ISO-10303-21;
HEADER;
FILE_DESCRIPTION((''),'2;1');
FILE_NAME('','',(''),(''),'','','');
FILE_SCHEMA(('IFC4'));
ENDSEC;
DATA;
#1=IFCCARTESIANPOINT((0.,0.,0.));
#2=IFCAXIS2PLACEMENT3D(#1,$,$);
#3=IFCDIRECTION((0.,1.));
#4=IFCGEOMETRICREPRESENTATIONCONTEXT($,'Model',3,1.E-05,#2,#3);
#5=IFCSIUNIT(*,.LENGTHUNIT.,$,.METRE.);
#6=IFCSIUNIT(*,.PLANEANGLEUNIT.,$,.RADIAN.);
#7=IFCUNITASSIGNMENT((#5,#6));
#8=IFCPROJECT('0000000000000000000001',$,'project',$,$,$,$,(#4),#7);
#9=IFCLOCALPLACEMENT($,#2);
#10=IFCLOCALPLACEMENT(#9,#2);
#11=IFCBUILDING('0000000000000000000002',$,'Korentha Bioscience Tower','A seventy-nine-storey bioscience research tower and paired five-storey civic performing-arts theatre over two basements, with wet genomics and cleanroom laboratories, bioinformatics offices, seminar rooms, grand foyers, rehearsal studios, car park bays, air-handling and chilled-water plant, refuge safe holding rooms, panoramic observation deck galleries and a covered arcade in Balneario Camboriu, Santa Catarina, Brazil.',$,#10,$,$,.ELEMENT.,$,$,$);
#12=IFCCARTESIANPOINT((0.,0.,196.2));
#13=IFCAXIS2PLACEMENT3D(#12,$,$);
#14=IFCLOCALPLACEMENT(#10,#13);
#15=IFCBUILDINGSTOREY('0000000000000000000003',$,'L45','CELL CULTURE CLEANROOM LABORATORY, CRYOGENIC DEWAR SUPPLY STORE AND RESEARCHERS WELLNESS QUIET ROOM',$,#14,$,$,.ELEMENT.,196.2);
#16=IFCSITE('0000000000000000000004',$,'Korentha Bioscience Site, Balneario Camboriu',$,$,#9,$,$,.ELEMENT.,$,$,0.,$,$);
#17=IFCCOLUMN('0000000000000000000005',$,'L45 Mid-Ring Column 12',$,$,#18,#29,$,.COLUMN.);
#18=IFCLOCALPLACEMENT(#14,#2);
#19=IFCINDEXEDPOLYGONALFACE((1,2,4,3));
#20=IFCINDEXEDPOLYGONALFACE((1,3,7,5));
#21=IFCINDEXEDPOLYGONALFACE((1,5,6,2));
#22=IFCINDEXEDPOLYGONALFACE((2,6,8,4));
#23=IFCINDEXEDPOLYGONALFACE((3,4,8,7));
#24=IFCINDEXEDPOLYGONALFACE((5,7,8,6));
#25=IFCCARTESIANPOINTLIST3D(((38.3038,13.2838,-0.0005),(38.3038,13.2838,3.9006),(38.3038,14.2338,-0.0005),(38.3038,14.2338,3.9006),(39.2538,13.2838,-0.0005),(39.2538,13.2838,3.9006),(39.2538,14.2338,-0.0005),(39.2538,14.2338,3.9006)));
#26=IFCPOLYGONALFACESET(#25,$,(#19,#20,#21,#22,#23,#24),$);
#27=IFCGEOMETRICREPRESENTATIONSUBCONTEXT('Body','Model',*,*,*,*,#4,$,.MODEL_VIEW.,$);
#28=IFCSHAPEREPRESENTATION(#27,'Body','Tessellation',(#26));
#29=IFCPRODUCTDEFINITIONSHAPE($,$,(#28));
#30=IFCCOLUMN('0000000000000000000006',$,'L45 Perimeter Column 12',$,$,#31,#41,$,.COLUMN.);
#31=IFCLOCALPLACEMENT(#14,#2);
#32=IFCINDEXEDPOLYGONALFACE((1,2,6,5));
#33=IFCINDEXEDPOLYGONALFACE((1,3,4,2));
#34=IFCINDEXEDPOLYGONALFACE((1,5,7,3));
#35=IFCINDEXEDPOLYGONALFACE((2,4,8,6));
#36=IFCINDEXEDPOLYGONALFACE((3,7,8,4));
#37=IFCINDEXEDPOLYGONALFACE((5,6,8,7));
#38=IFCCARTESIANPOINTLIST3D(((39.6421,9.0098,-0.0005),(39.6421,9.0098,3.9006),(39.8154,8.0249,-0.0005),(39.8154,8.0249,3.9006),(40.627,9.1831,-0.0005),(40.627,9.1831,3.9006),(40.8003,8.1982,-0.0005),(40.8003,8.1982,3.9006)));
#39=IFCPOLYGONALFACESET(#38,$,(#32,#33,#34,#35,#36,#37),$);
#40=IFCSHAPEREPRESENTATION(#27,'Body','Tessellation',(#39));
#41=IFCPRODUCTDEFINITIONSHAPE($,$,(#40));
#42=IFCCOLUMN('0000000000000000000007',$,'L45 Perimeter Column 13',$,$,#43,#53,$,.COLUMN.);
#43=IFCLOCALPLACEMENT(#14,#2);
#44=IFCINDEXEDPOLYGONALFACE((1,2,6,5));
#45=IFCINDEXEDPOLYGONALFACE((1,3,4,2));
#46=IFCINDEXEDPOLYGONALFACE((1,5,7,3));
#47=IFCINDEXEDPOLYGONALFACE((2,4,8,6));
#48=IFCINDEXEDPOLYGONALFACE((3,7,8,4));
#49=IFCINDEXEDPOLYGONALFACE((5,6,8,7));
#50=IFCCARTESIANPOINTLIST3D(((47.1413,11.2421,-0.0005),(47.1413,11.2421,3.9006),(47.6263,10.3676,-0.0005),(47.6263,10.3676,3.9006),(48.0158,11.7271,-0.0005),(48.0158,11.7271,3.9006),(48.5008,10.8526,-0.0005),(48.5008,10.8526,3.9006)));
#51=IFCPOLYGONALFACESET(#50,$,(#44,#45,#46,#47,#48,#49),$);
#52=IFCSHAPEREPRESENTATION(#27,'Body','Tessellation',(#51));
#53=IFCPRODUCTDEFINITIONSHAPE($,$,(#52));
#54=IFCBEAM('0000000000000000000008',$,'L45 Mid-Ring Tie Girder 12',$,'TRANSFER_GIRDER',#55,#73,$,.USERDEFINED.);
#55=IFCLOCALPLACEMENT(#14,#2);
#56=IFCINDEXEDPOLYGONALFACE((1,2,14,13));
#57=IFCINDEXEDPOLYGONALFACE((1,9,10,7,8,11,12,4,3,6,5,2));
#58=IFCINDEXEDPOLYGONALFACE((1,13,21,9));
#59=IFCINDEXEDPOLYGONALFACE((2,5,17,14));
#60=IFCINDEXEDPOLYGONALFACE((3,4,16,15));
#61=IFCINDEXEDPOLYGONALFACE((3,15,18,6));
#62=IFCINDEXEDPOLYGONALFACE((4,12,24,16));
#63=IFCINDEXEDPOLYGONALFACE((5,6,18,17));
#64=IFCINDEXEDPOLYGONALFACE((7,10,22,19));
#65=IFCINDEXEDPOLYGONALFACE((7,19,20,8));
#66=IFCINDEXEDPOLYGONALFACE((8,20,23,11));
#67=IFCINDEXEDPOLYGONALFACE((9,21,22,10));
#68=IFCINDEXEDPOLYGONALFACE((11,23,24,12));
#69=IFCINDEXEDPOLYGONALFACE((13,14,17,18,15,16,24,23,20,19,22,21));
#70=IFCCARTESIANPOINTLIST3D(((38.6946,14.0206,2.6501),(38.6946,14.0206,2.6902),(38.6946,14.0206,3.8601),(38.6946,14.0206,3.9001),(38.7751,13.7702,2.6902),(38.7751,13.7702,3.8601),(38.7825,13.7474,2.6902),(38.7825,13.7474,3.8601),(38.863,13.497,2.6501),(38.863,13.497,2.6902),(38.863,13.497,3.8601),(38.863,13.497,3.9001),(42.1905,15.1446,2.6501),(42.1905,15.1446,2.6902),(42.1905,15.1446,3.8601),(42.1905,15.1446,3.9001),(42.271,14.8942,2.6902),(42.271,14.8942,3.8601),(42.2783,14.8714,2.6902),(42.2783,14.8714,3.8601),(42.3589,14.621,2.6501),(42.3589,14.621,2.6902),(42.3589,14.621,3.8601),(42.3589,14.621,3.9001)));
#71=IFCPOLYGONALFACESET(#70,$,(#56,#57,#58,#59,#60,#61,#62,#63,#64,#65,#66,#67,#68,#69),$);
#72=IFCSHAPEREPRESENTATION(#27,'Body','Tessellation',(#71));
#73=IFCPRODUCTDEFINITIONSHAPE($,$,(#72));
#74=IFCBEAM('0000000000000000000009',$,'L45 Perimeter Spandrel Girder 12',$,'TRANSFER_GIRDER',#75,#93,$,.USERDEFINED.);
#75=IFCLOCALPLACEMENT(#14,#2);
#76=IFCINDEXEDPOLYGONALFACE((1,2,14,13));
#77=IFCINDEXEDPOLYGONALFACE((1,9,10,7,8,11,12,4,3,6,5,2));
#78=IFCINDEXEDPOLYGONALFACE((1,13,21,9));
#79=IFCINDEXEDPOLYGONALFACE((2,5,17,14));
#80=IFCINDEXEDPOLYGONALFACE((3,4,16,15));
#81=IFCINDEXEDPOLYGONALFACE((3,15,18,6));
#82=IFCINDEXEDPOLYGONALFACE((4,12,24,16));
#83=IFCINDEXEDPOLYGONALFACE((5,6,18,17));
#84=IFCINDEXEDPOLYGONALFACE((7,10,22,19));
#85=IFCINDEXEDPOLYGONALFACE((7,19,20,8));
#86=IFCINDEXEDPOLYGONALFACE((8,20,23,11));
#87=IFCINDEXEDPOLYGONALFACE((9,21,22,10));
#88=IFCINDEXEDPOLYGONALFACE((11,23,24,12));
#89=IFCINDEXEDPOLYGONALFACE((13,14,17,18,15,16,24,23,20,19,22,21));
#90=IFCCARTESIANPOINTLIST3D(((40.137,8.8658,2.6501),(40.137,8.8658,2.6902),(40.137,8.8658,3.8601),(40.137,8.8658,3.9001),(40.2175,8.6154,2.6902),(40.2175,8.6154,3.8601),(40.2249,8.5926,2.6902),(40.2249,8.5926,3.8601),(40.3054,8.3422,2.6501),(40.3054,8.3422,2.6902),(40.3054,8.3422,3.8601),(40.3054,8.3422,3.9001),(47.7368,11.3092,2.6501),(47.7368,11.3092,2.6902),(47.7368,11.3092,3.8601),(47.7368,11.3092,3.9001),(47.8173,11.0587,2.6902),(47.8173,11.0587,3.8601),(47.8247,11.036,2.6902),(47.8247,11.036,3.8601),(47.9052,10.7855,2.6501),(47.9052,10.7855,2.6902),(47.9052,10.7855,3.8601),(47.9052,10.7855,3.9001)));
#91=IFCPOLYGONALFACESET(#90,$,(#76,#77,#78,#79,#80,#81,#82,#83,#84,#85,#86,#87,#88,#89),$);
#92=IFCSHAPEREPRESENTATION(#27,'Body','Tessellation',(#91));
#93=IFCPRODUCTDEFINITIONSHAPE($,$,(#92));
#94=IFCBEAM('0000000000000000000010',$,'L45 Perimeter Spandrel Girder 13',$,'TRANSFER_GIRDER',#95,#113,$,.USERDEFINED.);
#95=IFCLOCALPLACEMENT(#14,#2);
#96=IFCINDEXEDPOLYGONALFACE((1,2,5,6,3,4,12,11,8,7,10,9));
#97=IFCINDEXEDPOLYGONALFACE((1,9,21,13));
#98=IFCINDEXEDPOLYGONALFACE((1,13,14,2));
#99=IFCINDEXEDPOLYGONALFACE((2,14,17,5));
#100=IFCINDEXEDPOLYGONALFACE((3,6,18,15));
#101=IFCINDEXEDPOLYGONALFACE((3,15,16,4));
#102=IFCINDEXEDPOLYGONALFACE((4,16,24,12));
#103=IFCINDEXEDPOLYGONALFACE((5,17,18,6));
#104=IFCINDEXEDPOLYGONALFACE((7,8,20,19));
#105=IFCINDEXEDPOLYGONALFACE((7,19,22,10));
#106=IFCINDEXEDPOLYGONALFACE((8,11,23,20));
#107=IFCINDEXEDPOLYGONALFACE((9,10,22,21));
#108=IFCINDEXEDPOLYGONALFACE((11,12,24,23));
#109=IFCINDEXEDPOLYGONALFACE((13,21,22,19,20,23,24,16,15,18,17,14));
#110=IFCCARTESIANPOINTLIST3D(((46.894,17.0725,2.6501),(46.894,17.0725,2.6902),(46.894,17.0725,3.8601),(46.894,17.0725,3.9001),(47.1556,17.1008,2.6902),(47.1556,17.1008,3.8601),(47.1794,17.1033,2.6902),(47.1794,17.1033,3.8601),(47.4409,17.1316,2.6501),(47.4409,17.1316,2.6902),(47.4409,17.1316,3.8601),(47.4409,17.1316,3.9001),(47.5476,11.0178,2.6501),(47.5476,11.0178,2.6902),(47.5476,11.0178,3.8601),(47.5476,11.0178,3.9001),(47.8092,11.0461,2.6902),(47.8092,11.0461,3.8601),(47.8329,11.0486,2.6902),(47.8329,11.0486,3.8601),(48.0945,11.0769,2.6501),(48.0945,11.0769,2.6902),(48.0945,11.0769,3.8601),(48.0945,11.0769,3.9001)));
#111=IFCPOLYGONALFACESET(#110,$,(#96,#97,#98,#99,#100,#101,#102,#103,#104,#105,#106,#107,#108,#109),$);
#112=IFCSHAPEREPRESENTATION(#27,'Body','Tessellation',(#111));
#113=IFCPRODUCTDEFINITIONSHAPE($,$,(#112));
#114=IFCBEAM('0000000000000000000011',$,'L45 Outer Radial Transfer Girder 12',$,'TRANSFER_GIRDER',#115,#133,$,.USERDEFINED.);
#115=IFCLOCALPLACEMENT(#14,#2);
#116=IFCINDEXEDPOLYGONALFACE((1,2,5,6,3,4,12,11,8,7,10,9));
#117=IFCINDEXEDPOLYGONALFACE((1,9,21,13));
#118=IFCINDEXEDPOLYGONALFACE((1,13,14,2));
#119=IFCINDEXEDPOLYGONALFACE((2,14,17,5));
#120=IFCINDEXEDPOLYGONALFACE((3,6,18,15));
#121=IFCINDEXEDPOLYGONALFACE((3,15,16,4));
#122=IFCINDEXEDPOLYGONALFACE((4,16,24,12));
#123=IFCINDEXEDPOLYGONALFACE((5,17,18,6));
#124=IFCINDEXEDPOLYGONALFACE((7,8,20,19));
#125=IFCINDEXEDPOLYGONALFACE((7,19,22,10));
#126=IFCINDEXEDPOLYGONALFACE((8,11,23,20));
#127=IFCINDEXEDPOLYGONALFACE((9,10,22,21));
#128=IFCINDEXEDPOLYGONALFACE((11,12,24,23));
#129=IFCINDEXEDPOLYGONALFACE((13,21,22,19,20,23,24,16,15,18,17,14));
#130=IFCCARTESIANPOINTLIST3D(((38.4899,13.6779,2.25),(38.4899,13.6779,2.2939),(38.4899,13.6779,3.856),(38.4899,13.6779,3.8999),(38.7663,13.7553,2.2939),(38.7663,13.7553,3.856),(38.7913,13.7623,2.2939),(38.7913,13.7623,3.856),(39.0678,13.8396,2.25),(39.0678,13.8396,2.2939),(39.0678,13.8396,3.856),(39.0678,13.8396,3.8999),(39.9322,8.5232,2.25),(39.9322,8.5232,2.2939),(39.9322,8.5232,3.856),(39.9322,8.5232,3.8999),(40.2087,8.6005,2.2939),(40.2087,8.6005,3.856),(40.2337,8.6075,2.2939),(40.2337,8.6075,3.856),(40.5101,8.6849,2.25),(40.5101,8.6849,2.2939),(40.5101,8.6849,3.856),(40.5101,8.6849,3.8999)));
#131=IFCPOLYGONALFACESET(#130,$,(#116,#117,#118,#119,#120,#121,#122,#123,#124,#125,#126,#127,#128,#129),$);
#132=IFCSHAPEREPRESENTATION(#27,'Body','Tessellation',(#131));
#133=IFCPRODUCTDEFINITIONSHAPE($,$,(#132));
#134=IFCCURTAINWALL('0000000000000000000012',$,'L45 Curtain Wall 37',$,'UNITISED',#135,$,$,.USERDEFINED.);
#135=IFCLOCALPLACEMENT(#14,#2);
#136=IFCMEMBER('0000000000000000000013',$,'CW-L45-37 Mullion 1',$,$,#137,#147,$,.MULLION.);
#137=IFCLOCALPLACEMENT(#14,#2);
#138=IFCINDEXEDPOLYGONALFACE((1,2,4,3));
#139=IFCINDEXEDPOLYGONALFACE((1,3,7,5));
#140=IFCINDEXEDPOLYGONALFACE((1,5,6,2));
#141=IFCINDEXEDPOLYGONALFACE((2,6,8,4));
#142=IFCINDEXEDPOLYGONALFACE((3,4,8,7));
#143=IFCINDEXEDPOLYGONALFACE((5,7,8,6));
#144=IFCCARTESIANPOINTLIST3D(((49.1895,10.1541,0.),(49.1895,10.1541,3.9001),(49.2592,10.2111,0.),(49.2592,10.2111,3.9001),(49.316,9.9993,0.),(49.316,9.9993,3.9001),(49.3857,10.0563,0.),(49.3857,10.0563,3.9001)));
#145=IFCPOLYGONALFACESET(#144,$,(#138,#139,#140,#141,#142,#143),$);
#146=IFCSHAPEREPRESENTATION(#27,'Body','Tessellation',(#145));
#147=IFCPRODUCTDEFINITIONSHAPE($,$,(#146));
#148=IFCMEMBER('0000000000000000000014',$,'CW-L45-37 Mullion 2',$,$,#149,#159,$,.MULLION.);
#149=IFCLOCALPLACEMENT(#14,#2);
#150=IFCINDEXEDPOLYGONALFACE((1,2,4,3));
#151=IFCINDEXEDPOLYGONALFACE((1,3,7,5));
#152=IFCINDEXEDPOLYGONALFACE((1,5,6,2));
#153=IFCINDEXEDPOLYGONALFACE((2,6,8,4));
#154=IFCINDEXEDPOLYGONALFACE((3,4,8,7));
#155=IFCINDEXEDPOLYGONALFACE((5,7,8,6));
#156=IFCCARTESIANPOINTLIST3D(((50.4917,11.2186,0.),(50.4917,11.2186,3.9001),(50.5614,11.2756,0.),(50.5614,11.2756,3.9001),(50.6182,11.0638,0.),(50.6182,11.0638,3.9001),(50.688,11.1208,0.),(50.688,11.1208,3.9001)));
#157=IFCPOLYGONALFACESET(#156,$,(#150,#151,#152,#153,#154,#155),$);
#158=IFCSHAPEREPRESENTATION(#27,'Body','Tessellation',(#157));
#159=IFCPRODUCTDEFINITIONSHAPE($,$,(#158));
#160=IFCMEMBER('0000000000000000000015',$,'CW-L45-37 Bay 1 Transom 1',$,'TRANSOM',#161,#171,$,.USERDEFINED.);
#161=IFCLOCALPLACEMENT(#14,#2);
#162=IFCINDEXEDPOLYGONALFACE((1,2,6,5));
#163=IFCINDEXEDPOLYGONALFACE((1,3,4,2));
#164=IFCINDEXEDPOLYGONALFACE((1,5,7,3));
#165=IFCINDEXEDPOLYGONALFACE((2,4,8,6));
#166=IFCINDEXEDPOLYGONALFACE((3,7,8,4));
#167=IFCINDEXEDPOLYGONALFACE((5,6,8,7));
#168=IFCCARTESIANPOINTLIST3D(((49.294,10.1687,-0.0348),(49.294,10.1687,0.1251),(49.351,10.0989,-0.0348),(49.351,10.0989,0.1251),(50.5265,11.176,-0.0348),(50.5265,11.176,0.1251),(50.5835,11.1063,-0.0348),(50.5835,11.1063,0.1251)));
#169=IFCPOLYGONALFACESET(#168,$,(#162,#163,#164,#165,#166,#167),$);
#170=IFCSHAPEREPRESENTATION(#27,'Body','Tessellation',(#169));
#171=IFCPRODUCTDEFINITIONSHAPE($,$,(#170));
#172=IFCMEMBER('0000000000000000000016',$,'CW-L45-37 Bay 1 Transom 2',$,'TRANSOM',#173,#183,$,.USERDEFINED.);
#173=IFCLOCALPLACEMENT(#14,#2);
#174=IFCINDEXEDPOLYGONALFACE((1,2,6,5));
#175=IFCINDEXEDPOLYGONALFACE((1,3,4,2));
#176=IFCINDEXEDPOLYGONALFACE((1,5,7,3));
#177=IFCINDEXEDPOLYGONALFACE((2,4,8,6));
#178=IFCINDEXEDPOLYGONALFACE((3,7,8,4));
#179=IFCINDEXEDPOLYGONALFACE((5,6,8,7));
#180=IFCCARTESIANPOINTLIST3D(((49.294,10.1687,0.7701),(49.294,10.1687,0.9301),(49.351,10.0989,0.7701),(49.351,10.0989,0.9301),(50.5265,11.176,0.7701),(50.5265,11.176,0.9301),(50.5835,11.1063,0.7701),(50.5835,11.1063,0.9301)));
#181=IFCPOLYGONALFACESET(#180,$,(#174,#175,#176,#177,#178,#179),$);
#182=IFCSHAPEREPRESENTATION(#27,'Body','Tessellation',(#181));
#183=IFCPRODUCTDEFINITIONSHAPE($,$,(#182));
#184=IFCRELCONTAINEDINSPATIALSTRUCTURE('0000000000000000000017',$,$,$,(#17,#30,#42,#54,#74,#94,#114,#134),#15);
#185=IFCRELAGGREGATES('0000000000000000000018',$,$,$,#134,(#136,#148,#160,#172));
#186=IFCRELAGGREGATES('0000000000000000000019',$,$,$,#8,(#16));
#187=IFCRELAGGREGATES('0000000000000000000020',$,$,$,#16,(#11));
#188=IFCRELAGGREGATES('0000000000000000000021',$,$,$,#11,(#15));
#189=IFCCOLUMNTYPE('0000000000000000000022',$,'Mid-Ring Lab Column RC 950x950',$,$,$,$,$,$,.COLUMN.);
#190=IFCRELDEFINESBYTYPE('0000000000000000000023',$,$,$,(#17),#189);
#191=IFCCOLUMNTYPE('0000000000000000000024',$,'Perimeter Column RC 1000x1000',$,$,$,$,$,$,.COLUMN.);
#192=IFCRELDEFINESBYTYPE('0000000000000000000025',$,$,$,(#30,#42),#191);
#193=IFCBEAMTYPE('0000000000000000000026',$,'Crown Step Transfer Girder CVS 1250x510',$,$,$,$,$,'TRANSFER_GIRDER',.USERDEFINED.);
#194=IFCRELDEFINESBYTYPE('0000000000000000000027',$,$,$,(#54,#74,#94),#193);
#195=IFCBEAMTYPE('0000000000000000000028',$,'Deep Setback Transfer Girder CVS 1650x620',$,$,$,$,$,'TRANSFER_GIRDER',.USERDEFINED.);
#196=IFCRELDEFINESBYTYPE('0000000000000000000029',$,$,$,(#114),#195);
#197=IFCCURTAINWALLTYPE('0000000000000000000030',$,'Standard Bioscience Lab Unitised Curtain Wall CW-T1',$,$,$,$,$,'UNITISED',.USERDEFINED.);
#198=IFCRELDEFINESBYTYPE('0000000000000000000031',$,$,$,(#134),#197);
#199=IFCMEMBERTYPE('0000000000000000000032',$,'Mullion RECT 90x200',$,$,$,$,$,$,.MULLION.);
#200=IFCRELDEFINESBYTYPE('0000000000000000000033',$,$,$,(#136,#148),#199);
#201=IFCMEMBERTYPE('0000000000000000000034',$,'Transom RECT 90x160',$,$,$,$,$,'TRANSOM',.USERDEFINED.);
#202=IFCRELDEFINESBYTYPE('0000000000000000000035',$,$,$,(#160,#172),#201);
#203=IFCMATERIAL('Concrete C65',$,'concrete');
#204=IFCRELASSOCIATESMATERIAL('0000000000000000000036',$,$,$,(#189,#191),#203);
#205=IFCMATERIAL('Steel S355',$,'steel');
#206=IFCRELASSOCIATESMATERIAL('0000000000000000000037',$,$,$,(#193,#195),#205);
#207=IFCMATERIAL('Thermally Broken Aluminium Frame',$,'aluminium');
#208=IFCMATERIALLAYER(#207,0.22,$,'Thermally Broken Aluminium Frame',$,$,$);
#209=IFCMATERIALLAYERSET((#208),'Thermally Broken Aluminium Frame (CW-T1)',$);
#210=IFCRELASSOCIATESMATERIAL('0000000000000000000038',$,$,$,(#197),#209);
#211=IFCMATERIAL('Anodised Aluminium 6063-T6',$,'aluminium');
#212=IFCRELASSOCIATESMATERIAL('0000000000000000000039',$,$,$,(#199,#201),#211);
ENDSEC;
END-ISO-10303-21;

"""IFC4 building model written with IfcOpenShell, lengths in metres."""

from ifc_helpers import new_model, si_unit, direction, frame, origin, origin_2d, place, context, subcontext, project, spatial, rectangle, i_section, extrude, material, layer, layer_set, material_profile, profile_set, type_object, element, aggregate, save


model = new_model("IFC4")

# Units and contexts
model_context = context("Model", 3, precision=1e-05, world=origin(), true_north=direction((0.0, 1.0)))
body_context = subcontext(model_context, "Body", "Model", "MODEL_VIEW")
ifc_project = project(units=[si_unit("LENGTHUNIT", "METRE"), si_unit("PLANEANGLEUNIT", "RADIAN")], contexts=[model_context])

# Site, building, storey
site_placement = place(None, origin())
site = spatial("IfcSite", under=ifc_project, at=site_placement, Name="Korentha Bioscience Site, Balneario Camboriu", CompositionType="ELEMENT", RefElevation=0.0)
building_placement = place(site_placement, origin())
building = spatial("IfcBuilding", under=site, at=building_placement, Name="Korentha Bioscience Tower", Description="A seventy-nine-storey bioscience research tower and paired five-storey civic performing-arts theatre over two basements, with wet genomics and cleanroom laboratories, bioinformatics offices, seminar rooms, grand foyers, rehearsal studios, car park bays, air-handling and chilled-water plant, refuge safe holding rooms, panoramic observation deck galleries and a covered arcade in Balneario Camboriu, Santa Catarina, Brazil.", CompositionType="ELEMENT")
storey_placement = place(building_placement, frame((0.0, 0.0, 196.2)))
storey = spatial("IfcBuildingStorey", under=building, at=storey_placement, Name="L45", Description="CELL CULTURE CLEANROOM LABORATORY, CRYOGENIC DEWAR SUPPLY STORE AND RESEARCHERS WELLNESS QUIET ROOM", CompositionType="ELEMENT", Elevation=196.2)

# Columns
ifc_material_1 = material(Name="Concrete C65", Category="concrete")
ifc_material_profile_1 = material_profile(ifc_material_1, rectangle(XDim=0.95, YDim=0.95, at=origin_2d()), Name="Concrete C65")
ifc_profile_set_1 = profile_set([ifc_material_profile_1], Name="Concrete C65 (COL-MR09)")
column_type_1 = type_object("IfcColumnType", Name="Mid-Ring Lab Column RC 950x950", PredefinedType="COLUMN", material=ifc_profile_set_1)
column_placement = place(storey_placement, frame((38.7788, 13.7588, -0.0005), z_axis=(0.0, 0.0, 1.0), x_axis=(1.0, 0.0, 0.0)))
element("IfcColumn", 1, at=column_placement, inside=storey, type_object=column_type_1, Name="L45 Mid-Ring Column 12", PredefinedType="COLUMN", context=body_context, shape_type="SweptSolid", body=[
    extrude(rectangle(XDim=0.95, YDim=0.95, at=origin_2d()), origin(), (0.0, 0.0, 1.0), 3.9011),
])
ifc_material_profile_2 = material_profile(ifc_material_1, rectangle(XDim=1.0, YDim=1.0, at=origin_2d()), Name="Concrete C65")
ifc_profile_set_2 = profile_set([ifc_material_profile_2], Name="Concrete C65 (COL-P10)")
column_type_2 = type_object("IfcColumnType", Name="Perimeter Column RC 1000x1000", PredefinedType="COLUMN", material=ifc_profile_set_2)
for number, where, z_axis, x_axis, name in (
    (2, (40.2212, 8.604, -0.0005), (0.0, 0.0, 1.0), (0.984868, 0.173304, 0.0), "L45 Perimeter Column 12"),
    (3, (47.821, 11.0474, -0.0005), (0.0, 0.0, 1.0), (0.874535, 0.484962, 0.0), "L45 Perimeter Column 13"),
):
    element("IfcColumn", number, at=place(storey_placement, frame(where, z_axis=z_axis, x_axis=x_axis)), inside=storey, type_object=column_type_2, Name=name, PredefinedType="COLUMN", context=body_context, shape_type="SweptSolid", body=[
        extrude(rectangle(XDim=1.0, YDim=1.0, at=origin_2d()), origin(), (0.0, 0.0, 1.0), 3.9011),
    ])

# Beams
ifc_material_2 = material(Name="Steel S355", Category="steel")
ifc_material_profile_3 = material_profile(ifc_material_2, i_section(OverallWidth=0.55, OverallDepth=1.25, WebThickness=0.0239, FlangeThickness=0.04, at=origin_2d()), Name="Steel S355")
ifc_profile_set_3 = profile_set([ifc_material_profile_3], Name="Steel S355 (TG-03)")
beam_type_1 = type_object("IfcBeamType", Name="Crown Step Transfer Girder CVS 1250x510", ElementType="TRANSFER_GIRDER", PredefinedType="USERDEFINED", material=ifc_profile_set_3)
beam_1_placement = place(storey_placement, frame((38.7788, 13.7588, 3.2751), z_axis=(0.952, 0.306097, 0.0), x_axis=(-0.306097, 0.952, 0.0)))
element("IfcBeam", 4, at=beam_1_placement, inside=storey, type_object=beam_type_1, Name="L45 Mid-Ring Tie Girder 12", ObjectType="TRANSFER_GIRDER", PredefinedType="USERDEFINED", context=body_context, shape_type="SweptSolid", body=[
    extrude(i_section(OverallWidth=0.55, OverallDepth=1.25, WebThickness=0.0239, FlangeThickness=0.04, at=origin_2d()), origin(), (0.0, 0.0, 1.0), 3.6721),
])
beam_2_placement = place(storey_placement, frame((40.2212, 8.604, 3.2751), z_axis=(0.952009, 0.306072, 0.0), x_axis=(-0.306072, 0.952009, 0.0)))
element("IfcBeam", 5, at=beam_2_placement, inside=storey, type_object=beam_type_1, Name="L45 Perimeter Spandrel Girder 12", ObjectType="TRANSFER_GIRDER", PredefinedType="USERDEFINED", context=body_context, shape_type="SweptSolid", body=[
    extrude(i_section(OverallWidth=0.55, OverallDepth=1.25, WebThickness=0.0239, FlangeThickness=0.04, at=origin_2d()), origin(), (0.0, 0.0, 1.0), 7.9829),
])
beam_3_placement = place(storey_placement, frame((47.821, 11.0474, 3.2751), z_axis=(-0.10732, 0.994225, 0.0), x_axis=(-0.994225, -0.10732, 0.0)))
element("IfcBeam", 6, at=beam_3_placement, inside=storey, type_object=beam_type_1, Name="L45 Perimeter Spandrel Girder 13", ObjectType="TRANSFER_GIRDER", PredefinedType="USERDEFINED", context=body_context, shape_type="SweptSolid", body=[
    extrude(i_section(OverallWidth=0.55, OverallDepth=1.25, WebThickness=0.0239, FlangeThickness=0.04, at=origin_2d()), origin(), (0.0, 0.0, 1.0), 6.0898),
])
ifc_material_profile_4 = material_profile(ifc_material_2, i_section(OverallWidth=0.6001, OverallDepth=1.6499, WebThickness=0.0259, FlangeThickness=0.0439, at=origin_2d()), Name="Steel S355")
ifc_profile_set_4 = profile_set([ifc_material_profile_4], Name="Steel S355 (TG-04)")
beam_type_2 = type_object("IfcBeamType", Name="Deep Setback Transfer Girder CVS 1650x620", ElementType="TRANSFER_GIRDER", PredefinedType="USERDEFINED", material=ifc_profile_set_4)
beam_4_placement = place(storey_placement, frame((38.7788, 13.7588, 3.075), z_axis=(0.269464, -0.96301, 0.0), x_axis=(0.96301, 0.269464, 0.0)))
element("IfcBeam", 7, at=beam_4_placement, inside=storey, type_object=beam_type_2, Name="L45 Outer Radial Transfer Girder 12", ObjectType="TRANSFER_GIRDER", PredefinedType="USERDEFINED", context=body_context, shape_type="SweptSolid", body=[
    extrude(i_section(OverallWidth=0.6001, OverallDepth=1.6499, WebThickness=0.0259, FlangeThickness=0.0439, at=origin_2d()), origin(), (0.0, 0.0, 1.0), 5.3528),
])

# Curtain wall, members
ifc_material_3 = material(Name="Thermally Broken Aluminium Frame", Category="aluminium")
ifc_layer_1 = layer(ifc_material_3, 0.22, Name="Thermally Broken Aluminium Frame")
ifc_layer_set_1 = layer_set([ifc_layer_1], Name="Thermally Broken Aluminium Frame (CW-T1)")
curtain_wall_type = type_object("IfcCurtainWallType", Name="Standard Bioscience Lab Unitised Curtain Wall CW-T1", ElementType="UNITISED", PredefinedType="USERDEFINED", material=ifc_layer_set_1)
curtain_wall_placement = place(storey_placement, origin())
curtain_wall = element("IfcCurtainWall", 8, at=curtain_wall_placement, inside=storey, type_object=curtain_wall_type, Name="L45 Curtain Wall 37", ObjectType="UNITISED", PredefinedType="USERDEFINED")
ifc_material_4 = material(Name="Anodised Aluminium 6063-T6", Category="aluminium")
ifc_material_profile_5 = material_profile(ifc_material_4, rectangle(XDim=0.0901, YDim=0.2, at=origin_2d()), Name="Anodised Aluminium 6063-T6")
ifc_profile_set_5 = profile_set([ifc_material_profile_5], Name="Anodised Aluminium 6063-T6 (CW-MUL)")
member_type_1 = type_object("IfcMemberType", Name="Mullion RECT 90x200", PredefinedType="MULLION", material=ifc_profile_set_5)
member_1_placement = place(storey_placement, frame((49.2876, 10.1052, 0.0), z_axis=(0.0, 0.0, 1.0), x_axis=(0.774256, 0.632872, 0.0)))
member_1 = element("IfcMember", 9, at=member_1_placement, type_object=member_type_1, Name="CW-L45-37 Mullion 1", PredefinedType="MULLION", context=body_context, shape_type="SweptSolid", body=[
    extrude(rectangle(XDim=0.0901, YDim=0.2, at=origin_2d()), origin(), (0.0, 0.0, 1.0), 3.9001),
])
member_2_placement = place(storey_placement, frame((50.5898, 11.1697, 0.0), z_axis=(0.0, 0.0, 1.0), x_axis=(0.774256, 0.632872, 0.0)))
member_2 = element("IfcMember", 10, at=member_2_placement, type_object=member_type_1, Name="CW-L45-37 Mullion 2", PredefinedType="MULLION", context=body_context, shape_type="SweptSolid", body=[
    extrude(rectangle(XDim=0.0901, YDim=0.2, at=origin_2d()), origin(), (0.0, 0.0, 1.0), 3.9001),
])
ifc_material_profile_6 = material_profile(ifc_material_4, rectangle(XDim=0.0901, YDim=0.1599, at=origin_2d()), Name="Anodised Aluminium 6063-T6")
ifc_profile_set_6 = profile_set([ifc_material_profile_6], Name="Anodised Aluminium 6063-T6 (CW-TRN)")
member_type_2 = type_object("IfcMemberType", Name="Transom RECT 90x160", ElementType="TRANSOM", PredefinedType="USERDEFINED", material=ifc_profile_set_6)
member_3_placement = place(storey_placement, frame((49.3225, 10.1338, 0.0452), z_axis=(0.774272, 0.632853, 0.0), x_axis=(-0.632853, 0.774272, 0.0)))
member_3 = element("IfcMember", 11, at=member_3_placement, type_object=member_type_2, Name="CW-L45-37 Bay 1 Transom 1", ObjectType="TRANSOM", PredefinedType="USERDEFINED", context=body_context, shape_type="SweptSolid", body=[
    extrude(rectangle(XDim=0.0901, YDim=0.1599, at=origin_2d()), origin(), (0.0, 0.0, 1.0), 1.5918),
])
member_4_placement = place(storey_placement, frame((49.3225, 10.1338, 0.8501), z_axis=(0.774272, 0.632853, 0.0), x_axis=(-0.632853, 0.774272, 0.0)))
member_4 = element("IfcMember", 12, at=member_4_placement, type_object=member_type_2, Name="CW-L45-37 Bay 1 Transom 2", ObjectType="TRANSOM", PredefinedType="USERDEFINED", context=body_context, shape_type="SweptSolid", body=[
    extrude(rectangle(XDim=0.0901, YDim=0.1599, at=origin_2d()), origin(), (0.0, 0.0, 1.0), 1.5918),
])
aggregate(curtain_wall, [member_1, member_2, member_3, member_4])

save(model, "model.ifc")
